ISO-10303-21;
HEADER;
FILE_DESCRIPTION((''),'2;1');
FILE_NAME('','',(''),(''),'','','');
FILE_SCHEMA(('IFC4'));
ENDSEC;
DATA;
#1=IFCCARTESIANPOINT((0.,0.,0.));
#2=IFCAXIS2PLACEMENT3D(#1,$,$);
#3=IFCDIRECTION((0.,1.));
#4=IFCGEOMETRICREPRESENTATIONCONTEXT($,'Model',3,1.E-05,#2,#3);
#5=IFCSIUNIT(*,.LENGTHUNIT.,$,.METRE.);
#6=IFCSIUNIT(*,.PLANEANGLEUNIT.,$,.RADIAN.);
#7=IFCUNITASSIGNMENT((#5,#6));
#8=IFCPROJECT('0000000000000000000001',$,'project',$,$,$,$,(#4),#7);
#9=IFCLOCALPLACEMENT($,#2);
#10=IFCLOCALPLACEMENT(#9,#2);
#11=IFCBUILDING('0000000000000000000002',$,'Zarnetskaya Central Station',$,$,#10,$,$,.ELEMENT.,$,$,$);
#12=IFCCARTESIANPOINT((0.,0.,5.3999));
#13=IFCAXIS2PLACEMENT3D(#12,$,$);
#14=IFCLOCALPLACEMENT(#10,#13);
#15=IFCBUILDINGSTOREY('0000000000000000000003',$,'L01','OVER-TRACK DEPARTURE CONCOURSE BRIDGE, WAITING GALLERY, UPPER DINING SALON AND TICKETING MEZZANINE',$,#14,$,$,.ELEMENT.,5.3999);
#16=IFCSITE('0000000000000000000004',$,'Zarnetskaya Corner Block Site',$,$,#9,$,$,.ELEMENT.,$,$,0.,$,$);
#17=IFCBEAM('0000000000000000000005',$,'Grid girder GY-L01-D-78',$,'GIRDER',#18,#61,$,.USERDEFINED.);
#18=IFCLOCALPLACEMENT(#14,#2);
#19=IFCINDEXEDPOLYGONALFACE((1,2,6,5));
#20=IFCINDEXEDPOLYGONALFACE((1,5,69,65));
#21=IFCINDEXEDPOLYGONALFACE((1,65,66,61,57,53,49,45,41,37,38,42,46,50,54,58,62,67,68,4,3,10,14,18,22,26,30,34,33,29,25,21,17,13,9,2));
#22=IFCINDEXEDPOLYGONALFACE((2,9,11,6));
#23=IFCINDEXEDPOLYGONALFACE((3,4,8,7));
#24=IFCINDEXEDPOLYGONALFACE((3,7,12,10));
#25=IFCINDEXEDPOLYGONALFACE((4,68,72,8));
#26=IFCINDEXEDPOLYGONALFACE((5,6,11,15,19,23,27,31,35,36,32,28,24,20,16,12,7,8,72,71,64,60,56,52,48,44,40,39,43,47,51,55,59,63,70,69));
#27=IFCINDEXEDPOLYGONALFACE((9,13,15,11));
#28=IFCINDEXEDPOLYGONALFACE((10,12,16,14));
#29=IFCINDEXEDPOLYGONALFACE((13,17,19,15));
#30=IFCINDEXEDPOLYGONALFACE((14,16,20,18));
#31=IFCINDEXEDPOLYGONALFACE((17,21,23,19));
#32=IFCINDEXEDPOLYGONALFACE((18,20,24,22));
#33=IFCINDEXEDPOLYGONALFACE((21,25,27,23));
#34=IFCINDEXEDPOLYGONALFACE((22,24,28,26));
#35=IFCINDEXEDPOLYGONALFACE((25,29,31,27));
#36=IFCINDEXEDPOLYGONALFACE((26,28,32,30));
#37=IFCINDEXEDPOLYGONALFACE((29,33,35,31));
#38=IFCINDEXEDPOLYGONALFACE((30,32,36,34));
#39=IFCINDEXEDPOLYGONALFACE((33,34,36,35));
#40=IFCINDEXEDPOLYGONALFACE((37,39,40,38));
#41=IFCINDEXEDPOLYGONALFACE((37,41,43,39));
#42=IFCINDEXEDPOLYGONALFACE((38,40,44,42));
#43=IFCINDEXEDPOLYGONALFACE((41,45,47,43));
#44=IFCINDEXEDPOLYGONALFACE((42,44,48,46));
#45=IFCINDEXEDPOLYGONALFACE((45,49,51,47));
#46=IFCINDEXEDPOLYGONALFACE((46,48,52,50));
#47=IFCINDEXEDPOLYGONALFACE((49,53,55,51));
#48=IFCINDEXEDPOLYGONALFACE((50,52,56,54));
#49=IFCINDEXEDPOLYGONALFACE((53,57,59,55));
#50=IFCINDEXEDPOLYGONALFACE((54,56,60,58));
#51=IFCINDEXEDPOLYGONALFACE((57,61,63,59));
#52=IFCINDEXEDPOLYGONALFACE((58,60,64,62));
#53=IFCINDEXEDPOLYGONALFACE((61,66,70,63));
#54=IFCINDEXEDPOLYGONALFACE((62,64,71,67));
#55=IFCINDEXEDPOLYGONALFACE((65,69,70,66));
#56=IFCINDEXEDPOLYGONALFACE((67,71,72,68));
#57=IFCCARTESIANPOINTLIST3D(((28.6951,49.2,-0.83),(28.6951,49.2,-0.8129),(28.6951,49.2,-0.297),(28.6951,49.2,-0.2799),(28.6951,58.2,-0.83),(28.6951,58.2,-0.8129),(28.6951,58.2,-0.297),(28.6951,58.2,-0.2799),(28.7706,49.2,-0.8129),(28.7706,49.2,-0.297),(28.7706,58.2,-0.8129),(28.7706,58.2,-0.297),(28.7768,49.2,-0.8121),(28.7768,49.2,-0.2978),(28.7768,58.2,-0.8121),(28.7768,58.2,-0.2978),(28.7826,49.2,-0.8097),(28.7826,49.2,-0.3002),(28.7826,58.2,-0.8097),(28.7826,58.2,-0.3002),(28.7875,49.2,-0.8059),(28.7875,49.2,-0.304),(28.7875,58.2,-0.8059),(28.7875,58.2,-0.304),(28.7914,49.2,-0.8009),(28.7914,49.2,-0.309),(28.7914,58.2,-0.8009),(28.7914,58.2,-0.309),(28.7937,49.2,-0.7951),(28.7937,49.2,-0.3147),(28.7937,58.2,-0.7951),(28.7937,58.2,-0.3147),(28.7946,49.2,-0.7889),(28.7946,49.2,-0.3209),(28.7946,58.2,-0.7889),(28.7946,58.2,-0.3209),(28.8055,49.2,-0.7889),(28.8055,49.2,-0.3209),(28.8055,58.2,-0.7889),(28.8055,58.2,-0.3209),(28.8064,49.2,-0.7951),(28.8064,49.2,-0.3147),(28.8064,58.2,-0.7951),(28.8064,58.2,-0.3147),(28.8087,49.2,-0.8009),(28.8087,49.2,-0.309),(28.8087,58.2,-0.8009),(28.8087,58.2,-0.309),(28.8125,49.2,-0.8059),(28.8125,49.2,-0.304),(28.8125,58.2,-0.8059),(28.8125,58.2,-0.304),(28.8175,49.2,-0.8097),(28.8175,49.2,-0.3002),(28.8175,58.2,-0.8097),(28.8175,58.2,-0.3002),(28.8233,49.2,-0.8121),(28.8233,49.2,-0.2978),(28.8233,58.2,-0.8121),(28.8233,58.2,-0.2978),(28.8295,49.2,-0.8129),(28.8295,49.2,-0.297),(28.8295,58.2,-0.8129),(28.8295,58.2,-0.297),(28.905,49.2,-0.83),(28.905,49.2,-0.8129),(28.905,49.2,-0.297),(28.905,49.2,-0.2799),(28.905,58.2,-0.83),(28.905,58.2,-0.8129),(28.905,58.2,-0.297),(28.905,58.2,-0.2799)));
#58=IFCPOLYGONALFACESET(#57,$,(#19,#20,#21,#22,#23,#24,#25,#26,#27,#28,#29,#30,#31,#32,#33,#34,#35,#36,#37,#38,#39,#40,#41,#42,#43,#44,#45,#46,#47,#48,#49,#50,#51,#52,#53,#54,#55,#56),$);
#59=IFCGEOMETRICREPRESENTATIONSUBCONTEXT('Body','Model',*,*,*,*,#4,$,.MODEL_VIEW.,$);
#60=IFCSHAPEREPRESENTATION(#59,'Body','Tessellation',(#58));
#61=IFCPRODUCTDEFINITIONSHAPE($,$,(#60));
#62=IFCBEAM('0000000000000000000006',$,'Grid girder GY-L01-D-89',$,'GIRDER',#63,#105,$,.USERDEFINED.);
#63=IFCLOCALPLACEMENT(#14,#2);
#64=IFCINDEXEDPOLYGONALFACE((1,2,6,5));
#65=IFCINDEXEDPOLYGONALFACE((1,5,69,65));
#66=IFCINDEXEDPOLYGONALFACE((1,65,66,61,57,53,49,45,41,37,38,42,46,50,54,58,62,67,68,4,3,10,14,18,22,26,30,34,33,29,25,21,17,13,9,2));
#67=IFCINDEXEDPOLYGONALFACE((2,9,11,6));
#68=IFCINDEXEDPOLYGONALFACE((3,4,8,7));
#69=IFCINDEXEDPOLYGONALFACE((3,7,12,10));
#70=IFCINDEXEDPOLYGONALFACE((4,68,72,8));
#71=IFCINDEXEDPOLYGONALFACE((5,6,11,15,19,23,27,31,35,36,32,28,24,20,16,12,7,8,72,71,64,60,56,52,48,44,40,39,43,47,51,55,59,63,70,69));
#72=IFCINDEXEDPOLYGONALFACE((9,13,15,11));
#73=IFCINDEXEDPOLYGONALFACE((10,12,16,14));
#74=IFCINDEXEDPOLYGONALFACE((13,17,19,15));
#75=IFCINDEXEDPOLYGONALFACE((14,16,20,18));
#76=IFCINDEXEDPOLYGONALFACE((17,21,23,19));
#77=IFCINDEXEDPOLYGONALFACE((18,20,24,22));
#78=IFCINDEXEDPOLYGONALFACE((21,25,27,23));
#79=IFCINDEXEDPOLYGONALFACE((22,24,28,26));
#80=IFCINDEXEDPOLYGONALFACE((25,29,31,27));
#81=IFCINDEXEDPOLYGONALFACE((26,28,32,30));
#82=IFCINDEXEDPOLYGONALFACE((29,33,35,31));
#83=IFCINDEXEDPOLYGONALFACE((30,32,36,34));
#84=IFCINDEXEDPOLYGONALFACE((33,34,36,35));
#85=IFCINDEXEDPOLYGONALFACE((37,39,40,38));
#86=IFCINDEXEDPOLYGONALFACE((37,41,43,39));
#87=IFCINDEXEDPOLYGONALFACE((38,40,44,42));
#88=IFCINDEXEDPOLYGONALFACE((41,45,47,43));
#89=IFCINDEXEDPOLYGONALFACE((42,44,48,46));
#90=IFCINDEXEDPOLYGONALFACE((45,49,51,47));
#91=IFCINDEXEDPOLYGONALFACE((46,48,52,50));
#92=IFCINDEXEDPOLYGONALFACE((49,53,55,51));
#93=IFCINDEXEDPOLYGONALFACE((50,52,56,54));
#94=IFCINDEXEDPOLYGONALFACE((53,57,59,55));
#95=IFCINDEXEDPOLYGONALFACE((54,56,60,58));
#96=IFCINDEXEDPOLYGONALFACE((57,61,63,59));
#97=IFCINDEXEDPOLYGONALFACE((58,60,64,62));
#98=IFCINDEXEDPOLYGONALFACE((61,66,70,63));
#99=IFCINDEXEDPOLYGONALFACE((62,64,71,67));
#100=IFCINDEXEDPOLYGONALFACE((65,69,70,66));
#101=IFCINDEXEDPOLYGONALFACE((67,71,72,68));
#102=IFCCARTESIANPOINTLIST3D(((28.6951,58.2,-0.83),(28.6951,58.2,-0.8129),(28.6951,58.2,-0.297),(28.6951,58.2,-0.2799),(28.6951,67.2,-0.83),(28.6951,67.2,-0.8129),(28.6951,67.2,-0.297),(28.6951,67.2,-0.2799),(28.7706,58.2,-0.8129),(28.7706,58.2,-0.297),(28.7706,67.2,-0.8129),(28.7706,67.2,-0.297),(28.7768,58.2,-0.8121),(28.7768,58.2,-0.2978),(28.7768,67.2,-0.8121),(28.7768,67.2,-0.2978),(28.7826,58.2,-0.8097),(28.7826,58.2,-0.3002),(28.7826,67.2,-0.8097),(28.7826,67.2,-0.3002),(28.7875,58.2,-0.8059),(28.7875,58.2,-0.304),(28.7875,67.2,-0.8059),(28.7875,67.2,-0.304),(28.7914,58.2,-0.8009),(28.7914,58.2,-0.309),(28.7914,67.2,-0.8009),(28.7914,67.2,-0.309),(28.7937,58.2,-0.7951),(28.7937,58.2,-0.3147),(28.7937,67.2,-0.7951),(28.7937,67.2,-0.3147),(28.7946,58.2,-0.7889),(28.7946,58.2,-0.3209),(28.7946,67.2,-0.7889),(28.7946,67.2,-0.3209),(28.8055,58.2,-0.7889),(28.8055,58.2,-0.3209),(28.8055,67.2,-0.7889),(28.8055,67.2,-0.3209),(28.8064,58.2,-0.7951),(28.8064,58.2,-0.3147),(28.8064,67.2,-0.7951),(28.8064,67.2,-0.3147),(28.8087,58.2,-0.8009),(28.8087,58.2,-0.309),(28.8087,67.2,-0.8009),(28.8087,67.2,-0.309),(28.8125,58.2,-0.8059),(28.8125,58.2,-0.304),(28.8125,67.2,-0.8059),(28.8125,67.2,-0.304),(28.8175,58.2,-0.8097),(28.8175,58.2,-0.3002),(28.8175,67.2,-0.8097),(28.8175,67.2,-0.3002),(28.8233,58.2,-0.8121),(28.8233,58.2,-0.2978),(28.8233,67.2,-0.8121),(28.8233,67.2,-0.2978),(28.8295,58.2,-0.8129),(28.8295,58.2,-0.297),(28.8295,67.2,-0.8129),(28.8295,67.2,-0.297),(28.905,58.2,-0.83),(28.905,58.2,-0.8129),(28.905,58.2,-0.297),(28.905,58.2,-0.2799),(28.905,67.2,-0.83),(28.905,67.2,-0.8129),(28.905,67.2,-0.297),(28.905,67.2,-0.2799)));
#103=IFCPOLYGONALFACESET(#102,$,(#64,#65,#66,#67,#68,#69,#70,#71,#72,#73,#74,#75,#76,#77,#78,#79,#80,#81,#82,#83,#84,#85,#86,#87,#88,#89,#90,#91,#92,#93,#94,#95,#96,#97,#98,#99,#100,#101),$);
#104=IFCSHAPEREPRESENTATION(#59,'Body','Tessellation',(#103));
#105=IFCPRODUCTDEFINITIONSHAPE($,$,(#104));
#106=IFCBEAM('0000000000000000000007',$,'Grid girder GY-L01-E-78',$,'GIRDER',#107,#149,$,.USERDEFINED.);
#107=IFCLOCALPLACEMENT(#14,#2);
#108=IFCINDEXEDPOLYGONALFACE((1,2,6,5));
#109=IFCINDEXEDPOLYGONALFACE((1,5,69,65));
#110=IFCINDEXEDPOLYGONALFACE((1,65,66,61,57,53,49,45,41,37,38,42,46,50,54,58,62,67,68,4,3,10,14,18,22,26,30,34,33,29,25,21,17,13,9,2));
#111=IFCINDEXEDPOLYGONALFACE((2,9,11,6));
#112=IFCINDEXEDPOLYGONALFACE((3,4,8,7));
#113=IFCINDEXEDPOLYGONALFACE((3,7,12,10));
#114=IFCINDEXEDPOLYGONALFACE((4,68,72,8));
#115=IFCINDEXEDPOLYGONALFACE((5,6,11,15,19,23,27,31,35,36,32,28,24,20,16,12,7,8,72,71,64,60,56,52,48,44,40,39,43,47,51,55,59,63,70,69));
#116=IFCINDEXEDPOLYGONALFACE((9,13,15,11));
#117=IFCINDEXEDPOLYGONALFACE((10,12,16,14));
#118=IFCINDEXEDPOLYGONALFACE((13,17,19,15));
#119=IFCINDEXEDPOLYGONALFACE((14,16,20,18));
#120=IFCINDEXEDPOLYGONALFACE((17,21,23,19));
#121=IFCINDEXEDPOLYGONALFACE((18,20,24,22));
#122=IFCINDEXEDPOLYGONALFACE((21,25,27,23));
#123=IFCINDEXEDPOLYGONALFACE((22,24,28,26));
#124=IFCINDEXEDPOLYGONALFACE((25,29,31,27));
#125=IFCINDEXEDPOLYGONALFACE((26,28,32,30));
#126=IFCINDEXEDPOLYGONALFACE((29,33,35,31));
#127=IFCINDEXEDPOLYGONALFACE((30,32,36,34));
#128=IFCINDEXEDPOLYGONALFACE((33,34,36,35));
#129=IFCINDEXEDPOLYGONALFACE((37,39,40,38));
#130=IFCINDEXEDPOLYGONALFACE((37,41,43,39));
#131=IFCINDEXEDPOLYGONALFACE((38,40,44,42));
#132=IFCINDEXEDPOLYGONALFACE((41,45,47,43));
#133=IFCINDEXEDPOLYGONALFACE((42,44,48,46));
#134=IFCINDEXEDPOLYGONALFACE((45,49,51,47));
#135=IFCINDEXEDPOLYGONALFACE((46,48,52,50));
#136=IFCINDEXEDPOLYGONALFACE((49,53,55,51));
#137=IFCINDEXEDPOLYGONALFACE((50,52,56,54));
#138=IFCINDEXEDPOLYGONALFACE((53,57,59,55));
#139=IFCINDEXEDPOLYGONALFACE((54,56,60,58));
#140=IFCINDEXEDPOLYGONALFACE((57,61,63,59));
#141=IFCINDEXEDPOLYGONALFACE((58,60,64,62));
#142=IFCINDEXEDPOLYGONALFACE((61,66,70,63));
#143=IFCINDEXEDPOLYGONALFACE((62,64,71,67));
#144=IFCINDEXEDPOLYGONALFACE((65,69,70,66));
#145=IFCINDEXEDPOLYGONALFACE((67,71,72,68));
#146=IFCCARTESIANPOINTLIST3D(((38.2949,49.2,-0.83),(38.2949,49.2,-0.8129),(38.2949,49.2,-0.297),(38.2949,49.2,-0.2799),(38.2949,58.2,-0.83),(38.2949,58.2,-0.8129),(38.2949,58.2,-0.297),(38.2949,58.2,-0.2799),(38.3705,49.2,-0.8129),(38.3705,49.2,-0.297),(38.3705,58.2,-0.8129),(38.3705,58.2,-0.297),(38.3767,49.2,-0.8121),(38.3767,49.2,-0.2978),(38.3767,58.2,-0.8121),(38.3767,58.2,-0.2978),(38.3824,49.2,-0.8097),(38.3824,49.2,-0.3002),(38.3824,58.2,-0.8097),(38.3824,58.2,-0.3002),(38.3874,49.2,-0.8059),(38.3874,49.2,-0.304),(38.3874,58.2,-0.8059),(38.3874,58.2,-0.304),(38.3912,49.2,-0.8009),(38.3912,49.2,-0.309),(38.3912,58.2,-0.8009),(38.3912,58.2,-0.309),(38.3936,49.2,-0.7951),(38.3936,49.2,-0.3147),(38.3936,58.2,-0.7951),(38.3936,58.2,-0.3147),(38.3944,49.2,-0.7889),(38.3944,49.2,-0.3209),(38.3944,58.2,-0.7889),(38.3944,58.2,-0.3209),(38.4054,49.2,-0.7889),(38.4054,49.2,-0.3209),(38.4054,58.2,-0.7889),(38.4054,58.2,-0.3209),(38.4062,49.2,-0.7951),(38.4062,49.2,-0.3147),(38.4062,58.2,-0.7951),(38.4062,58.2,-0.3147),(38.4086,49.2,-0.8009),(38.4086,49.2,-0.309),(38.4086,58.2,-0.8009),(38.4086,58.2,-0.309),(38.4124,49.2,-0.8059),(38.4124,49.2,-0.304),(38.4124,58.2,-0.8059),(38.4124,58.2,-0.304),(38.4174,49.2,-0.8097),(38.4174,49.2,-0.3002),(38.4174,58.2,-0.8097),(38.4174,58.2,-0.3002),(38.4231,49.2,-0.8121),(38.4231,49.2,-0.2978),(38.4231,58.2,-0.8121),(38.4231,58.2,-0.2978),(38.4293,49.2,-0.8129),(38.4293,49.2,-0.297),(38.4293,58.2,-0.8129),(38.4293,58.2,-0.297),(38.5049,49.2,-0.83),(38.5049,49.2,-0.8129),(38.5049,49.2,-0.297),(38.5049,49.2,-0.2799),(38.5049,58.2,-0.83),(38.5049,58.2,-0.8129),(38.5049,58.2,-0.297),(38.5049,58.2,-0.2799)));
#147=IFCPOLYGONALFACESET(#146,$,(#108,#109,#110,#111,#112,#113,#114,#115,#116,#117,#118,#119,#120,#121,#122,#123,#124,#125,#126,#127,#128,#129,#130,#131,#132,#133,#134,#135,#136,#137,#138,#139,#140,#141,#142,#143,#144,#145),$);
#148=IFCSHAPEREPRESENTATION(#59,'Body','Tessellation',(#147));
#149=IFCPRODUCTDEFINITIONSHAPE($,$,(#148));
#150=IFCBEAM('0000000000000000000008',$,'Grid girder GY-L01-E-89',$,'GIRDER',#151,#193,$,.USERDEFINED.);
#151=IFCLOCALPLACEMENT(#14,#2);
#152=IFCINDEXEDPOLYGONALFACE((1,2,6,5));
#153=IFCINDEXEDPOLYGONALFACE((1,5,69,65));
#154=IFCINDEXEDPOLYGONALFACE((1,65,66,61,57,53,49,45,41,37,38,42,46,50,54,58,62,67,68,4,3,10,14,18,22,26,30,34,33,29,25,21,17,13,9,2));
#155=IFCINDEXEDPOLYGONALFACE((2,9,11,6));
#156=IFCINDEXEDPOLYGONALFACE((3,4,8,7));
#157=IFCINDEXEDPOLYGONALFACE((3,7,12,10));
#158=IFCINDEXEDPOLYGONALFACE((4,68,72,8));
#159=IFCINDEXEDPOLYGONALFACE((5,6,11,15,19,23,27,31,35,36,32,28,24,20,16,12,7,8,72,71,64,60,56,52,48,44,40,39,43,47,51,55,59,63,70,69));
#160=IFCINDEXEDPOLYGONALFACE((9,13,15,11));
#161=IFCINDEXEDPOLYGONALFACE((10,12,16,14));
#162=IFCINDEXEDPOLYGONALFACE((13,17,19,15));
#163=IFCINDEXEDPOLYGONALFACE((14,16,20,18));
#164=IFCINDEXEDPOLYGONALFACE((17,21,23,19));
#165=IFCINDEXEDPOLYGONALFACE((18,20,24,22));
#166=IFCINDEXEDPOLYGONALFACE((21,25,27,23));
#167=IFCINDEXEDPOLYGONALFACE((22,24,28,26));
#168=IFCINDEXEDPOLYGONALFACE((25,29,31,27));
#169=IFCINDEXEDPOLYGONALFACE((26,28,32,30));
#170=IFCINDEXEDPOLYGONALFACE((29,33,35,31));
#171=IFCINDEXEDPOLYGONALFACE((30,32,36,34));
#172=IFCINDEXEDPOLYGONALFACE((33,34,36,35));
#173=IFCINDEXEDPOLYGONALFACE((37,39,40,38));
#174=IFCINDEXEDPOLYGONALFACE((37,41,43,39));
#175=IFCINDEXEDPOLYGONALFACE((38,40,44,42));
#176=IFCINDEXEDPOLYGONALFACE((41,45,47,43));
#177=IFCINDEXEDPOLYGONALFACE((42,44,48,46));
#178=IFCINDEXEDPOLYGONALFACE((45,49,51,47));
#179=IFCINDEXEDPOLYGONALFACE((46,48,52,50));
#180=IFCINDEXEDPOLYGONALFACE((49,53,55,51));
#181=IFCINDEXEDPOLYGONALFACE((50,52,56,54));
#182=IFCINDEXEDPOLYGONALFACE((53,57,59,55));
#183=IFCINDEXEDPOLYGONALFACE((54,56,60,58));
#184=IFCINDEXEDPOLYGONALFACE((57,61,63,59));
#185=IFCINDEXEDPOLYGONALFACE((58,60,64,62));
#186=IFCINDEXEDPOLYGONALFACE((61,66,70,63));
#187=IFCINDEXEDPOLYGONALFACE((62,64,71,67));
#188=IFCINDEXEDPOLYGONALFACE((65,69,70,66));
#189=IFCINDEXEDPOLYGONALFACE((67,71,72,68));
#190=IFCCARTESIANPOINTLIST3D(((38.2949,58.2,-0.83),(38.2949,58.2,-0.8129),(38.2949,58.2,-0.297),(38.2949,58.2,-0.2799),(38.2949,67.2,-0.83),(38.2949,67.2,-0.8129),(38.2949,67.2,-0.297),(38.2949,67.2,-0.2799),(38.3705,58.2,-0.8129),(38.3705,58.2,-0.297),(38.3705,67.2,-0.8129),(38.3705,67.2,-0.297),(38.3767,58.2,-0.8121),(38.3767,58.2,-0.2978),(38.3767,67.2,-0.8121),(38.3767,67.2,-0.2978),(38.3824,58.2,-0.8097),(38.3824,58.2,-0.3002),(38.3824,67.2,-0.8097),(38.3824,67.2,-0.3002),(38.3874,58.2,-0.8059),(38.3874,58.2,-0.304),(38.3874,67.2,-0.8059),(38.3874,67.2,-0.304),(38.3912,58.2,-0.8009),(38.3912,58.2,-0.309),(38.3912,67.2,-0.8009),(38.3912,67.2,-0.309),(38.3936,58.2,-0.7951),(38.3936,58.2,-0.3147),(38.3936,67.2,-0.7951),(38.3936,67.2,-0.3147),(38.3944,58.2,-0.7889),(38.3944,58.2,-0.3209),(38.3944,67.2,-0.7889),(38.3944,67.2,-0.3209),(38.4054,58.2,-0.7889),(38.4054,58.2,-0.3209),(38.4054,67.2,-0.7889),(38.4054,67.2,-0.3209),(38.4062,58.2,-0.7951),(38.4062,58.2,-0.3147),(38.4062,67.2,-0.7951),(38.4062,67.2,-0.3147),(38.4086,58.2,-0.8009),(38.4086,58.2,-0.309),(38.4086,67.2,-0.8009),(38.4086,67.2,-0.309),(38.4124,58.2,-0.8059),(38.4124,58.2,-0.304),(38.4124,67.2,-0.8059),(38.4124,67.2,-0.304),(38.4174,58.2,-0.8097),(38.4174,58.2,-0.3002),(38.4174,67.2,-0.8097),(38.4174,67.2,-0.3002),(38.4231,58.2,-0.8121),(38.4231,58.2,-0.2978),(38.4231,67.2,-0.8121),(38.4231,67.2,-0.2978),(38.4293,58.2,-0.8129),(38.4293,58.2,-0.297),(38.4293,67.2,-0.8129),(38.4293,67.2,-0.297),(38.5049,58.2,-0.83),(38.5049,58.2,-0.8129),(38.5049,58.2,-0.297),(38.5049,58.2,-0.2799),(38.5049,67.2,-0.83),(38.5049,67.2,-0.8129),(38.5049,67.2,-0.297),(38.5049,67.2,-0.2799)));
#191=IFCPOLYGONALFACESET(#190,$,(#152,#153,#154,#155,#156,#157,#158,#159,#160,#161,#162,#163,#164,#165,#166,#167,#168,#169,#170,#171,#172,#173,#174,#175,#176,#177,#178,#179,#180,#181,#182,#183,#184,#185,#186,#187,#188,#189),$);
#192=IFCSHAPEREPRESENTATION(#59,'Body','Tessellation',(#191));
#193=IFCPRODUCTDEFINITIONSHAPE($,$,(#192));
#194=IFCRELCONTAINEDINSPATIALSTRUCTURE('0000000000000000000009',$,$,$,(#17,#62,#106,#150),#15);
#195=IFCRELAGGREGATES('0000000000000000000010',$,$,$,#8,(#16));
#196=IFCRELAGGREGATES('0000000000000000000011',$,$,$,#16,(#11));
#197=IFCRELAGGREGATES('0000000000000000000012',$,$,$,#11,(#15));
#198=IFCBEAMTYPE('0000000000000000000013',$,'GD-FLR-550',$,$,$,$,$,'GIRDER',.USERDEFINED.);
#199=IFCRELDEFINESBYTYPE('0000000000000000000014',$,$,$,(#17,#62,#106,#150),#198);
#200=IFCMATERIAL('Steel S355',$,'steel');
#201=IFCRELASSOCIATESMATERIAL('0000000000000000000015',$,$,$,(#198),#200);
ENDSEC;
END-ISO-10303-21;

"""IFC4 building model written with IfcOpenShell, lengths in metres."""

from ifc_helpers import new_model, si_unit, direction, frame, origin, origin_2d, place, context, subcontext, project, spatial, i_section, extrude, material, material_profile, profile_set, type_object, element, save


model = new_model("IFC4")

# Units and contexts
model_context = context("Model", 3, precision=1e-05, world=origin(), true_north=direction((0.0, 1.0)))
body_context = subcontext(model_context, "Body", "Model", "MODEL_VIEW")
ifc_project = project(units=[si_unit("LENGTHUNIT", "METRE"), si_unit("PLANEANGLEUNIT", "RADIAN")], contexts=[model_context])

# Site, building, storey
site_placement = place(None, origin())
site = spatial("IfcSite", under=ifc_project, at=site_placement, Name="Zarnetskaya Corner Block Site", CompositionType="ELEMENT", RefElevation=0.0)
building_placement = place(site_placement, origin())
building = spatial("IfcBuilding", under=site, at=building_placement, Name="Zarnetskaya Central Station", CompositionType="ELEMENT")
storey_placement = place(building_placement, frame((0.0, 0.0, 5.3999)))
storey = spatial("IfcBuildingStorey", under=building, at=storey_placement, Name="L01", Description="OVER-TRACK DEPARTURE CONCOURSE BRIDGE, WAITING GALLERY, UPPER DINING SALON AND TICKETING MEZZANINE", CompositionType="ELEMENT", Elevation=5.3999)

# Shared definitions
ifc_material_1 = material(Name="Steel S355", Category="steel")

# Beams
ifc_material_profile_1 = material_profile(ifc_material_1, i_section(OverallWidth=0.21, OverallDepth=0.55, WebThickness=0.011, FlangeThickness=0.0171, FilletRadius=0.0239, at=origin_2d()), Name="IPE 550")
ifc_profile_set_1 = profile_set([ifc_material_profile_1], Name="Steel S355")
beam_type_1 = type_object("IfcBeamType", Name="GD-FLR-550", ElementType="GIRDER", PredefinedType="USERDEFINED", material=ifc_profile_set_1)
for number, where, z_axis, x_axis, name in (
    (1, (28.8, 49.2, -0.5549), (0.0, 1.0, 0.0), (-1.0, 0.0, 0.0), "Grid girder GY-L01-D-78"),
    (2, (28.8, 58.2, -0.5549), (0.0, 1.0, 0.0), (-1.0, 0.0, 0.0), "Grid girder GY-L01-D-89"),
    (3, (38.3999, 49.2, -0.5549), (0.0, 1.0, 0.0), (-1.0, 0.0, 0.0), "Grid girder GY-L01-E-78"),
    (4, (38.3999, 58.2, -0.5549), (0.0, 1.0, 0.0), (-1.0, 0.0, 0.0), "Grid girder GY-L01-E-89"),
):
    element("IfcBeam", number, at=place(storey_placement, frame(where, z_axis=z_axis, x_axis=x_axis)), inside=storey, type_object=beam_type_1, Name=name, ObjectType="GIRDER", PredefinedType="USERDEFINED", context=body_context, shape_type="SweptSolid", body=[
        extrude(i_section(OverallWidth=0.21, OverallDepth=0.55, WebThickness=0.011, FlangeThickness=0.0171, FilletRadius=0.0239, at=origin_2d()), origin(), (0.0, 0.0, 1.0), 9.0),
    ])

save(model, "model.ifc")
